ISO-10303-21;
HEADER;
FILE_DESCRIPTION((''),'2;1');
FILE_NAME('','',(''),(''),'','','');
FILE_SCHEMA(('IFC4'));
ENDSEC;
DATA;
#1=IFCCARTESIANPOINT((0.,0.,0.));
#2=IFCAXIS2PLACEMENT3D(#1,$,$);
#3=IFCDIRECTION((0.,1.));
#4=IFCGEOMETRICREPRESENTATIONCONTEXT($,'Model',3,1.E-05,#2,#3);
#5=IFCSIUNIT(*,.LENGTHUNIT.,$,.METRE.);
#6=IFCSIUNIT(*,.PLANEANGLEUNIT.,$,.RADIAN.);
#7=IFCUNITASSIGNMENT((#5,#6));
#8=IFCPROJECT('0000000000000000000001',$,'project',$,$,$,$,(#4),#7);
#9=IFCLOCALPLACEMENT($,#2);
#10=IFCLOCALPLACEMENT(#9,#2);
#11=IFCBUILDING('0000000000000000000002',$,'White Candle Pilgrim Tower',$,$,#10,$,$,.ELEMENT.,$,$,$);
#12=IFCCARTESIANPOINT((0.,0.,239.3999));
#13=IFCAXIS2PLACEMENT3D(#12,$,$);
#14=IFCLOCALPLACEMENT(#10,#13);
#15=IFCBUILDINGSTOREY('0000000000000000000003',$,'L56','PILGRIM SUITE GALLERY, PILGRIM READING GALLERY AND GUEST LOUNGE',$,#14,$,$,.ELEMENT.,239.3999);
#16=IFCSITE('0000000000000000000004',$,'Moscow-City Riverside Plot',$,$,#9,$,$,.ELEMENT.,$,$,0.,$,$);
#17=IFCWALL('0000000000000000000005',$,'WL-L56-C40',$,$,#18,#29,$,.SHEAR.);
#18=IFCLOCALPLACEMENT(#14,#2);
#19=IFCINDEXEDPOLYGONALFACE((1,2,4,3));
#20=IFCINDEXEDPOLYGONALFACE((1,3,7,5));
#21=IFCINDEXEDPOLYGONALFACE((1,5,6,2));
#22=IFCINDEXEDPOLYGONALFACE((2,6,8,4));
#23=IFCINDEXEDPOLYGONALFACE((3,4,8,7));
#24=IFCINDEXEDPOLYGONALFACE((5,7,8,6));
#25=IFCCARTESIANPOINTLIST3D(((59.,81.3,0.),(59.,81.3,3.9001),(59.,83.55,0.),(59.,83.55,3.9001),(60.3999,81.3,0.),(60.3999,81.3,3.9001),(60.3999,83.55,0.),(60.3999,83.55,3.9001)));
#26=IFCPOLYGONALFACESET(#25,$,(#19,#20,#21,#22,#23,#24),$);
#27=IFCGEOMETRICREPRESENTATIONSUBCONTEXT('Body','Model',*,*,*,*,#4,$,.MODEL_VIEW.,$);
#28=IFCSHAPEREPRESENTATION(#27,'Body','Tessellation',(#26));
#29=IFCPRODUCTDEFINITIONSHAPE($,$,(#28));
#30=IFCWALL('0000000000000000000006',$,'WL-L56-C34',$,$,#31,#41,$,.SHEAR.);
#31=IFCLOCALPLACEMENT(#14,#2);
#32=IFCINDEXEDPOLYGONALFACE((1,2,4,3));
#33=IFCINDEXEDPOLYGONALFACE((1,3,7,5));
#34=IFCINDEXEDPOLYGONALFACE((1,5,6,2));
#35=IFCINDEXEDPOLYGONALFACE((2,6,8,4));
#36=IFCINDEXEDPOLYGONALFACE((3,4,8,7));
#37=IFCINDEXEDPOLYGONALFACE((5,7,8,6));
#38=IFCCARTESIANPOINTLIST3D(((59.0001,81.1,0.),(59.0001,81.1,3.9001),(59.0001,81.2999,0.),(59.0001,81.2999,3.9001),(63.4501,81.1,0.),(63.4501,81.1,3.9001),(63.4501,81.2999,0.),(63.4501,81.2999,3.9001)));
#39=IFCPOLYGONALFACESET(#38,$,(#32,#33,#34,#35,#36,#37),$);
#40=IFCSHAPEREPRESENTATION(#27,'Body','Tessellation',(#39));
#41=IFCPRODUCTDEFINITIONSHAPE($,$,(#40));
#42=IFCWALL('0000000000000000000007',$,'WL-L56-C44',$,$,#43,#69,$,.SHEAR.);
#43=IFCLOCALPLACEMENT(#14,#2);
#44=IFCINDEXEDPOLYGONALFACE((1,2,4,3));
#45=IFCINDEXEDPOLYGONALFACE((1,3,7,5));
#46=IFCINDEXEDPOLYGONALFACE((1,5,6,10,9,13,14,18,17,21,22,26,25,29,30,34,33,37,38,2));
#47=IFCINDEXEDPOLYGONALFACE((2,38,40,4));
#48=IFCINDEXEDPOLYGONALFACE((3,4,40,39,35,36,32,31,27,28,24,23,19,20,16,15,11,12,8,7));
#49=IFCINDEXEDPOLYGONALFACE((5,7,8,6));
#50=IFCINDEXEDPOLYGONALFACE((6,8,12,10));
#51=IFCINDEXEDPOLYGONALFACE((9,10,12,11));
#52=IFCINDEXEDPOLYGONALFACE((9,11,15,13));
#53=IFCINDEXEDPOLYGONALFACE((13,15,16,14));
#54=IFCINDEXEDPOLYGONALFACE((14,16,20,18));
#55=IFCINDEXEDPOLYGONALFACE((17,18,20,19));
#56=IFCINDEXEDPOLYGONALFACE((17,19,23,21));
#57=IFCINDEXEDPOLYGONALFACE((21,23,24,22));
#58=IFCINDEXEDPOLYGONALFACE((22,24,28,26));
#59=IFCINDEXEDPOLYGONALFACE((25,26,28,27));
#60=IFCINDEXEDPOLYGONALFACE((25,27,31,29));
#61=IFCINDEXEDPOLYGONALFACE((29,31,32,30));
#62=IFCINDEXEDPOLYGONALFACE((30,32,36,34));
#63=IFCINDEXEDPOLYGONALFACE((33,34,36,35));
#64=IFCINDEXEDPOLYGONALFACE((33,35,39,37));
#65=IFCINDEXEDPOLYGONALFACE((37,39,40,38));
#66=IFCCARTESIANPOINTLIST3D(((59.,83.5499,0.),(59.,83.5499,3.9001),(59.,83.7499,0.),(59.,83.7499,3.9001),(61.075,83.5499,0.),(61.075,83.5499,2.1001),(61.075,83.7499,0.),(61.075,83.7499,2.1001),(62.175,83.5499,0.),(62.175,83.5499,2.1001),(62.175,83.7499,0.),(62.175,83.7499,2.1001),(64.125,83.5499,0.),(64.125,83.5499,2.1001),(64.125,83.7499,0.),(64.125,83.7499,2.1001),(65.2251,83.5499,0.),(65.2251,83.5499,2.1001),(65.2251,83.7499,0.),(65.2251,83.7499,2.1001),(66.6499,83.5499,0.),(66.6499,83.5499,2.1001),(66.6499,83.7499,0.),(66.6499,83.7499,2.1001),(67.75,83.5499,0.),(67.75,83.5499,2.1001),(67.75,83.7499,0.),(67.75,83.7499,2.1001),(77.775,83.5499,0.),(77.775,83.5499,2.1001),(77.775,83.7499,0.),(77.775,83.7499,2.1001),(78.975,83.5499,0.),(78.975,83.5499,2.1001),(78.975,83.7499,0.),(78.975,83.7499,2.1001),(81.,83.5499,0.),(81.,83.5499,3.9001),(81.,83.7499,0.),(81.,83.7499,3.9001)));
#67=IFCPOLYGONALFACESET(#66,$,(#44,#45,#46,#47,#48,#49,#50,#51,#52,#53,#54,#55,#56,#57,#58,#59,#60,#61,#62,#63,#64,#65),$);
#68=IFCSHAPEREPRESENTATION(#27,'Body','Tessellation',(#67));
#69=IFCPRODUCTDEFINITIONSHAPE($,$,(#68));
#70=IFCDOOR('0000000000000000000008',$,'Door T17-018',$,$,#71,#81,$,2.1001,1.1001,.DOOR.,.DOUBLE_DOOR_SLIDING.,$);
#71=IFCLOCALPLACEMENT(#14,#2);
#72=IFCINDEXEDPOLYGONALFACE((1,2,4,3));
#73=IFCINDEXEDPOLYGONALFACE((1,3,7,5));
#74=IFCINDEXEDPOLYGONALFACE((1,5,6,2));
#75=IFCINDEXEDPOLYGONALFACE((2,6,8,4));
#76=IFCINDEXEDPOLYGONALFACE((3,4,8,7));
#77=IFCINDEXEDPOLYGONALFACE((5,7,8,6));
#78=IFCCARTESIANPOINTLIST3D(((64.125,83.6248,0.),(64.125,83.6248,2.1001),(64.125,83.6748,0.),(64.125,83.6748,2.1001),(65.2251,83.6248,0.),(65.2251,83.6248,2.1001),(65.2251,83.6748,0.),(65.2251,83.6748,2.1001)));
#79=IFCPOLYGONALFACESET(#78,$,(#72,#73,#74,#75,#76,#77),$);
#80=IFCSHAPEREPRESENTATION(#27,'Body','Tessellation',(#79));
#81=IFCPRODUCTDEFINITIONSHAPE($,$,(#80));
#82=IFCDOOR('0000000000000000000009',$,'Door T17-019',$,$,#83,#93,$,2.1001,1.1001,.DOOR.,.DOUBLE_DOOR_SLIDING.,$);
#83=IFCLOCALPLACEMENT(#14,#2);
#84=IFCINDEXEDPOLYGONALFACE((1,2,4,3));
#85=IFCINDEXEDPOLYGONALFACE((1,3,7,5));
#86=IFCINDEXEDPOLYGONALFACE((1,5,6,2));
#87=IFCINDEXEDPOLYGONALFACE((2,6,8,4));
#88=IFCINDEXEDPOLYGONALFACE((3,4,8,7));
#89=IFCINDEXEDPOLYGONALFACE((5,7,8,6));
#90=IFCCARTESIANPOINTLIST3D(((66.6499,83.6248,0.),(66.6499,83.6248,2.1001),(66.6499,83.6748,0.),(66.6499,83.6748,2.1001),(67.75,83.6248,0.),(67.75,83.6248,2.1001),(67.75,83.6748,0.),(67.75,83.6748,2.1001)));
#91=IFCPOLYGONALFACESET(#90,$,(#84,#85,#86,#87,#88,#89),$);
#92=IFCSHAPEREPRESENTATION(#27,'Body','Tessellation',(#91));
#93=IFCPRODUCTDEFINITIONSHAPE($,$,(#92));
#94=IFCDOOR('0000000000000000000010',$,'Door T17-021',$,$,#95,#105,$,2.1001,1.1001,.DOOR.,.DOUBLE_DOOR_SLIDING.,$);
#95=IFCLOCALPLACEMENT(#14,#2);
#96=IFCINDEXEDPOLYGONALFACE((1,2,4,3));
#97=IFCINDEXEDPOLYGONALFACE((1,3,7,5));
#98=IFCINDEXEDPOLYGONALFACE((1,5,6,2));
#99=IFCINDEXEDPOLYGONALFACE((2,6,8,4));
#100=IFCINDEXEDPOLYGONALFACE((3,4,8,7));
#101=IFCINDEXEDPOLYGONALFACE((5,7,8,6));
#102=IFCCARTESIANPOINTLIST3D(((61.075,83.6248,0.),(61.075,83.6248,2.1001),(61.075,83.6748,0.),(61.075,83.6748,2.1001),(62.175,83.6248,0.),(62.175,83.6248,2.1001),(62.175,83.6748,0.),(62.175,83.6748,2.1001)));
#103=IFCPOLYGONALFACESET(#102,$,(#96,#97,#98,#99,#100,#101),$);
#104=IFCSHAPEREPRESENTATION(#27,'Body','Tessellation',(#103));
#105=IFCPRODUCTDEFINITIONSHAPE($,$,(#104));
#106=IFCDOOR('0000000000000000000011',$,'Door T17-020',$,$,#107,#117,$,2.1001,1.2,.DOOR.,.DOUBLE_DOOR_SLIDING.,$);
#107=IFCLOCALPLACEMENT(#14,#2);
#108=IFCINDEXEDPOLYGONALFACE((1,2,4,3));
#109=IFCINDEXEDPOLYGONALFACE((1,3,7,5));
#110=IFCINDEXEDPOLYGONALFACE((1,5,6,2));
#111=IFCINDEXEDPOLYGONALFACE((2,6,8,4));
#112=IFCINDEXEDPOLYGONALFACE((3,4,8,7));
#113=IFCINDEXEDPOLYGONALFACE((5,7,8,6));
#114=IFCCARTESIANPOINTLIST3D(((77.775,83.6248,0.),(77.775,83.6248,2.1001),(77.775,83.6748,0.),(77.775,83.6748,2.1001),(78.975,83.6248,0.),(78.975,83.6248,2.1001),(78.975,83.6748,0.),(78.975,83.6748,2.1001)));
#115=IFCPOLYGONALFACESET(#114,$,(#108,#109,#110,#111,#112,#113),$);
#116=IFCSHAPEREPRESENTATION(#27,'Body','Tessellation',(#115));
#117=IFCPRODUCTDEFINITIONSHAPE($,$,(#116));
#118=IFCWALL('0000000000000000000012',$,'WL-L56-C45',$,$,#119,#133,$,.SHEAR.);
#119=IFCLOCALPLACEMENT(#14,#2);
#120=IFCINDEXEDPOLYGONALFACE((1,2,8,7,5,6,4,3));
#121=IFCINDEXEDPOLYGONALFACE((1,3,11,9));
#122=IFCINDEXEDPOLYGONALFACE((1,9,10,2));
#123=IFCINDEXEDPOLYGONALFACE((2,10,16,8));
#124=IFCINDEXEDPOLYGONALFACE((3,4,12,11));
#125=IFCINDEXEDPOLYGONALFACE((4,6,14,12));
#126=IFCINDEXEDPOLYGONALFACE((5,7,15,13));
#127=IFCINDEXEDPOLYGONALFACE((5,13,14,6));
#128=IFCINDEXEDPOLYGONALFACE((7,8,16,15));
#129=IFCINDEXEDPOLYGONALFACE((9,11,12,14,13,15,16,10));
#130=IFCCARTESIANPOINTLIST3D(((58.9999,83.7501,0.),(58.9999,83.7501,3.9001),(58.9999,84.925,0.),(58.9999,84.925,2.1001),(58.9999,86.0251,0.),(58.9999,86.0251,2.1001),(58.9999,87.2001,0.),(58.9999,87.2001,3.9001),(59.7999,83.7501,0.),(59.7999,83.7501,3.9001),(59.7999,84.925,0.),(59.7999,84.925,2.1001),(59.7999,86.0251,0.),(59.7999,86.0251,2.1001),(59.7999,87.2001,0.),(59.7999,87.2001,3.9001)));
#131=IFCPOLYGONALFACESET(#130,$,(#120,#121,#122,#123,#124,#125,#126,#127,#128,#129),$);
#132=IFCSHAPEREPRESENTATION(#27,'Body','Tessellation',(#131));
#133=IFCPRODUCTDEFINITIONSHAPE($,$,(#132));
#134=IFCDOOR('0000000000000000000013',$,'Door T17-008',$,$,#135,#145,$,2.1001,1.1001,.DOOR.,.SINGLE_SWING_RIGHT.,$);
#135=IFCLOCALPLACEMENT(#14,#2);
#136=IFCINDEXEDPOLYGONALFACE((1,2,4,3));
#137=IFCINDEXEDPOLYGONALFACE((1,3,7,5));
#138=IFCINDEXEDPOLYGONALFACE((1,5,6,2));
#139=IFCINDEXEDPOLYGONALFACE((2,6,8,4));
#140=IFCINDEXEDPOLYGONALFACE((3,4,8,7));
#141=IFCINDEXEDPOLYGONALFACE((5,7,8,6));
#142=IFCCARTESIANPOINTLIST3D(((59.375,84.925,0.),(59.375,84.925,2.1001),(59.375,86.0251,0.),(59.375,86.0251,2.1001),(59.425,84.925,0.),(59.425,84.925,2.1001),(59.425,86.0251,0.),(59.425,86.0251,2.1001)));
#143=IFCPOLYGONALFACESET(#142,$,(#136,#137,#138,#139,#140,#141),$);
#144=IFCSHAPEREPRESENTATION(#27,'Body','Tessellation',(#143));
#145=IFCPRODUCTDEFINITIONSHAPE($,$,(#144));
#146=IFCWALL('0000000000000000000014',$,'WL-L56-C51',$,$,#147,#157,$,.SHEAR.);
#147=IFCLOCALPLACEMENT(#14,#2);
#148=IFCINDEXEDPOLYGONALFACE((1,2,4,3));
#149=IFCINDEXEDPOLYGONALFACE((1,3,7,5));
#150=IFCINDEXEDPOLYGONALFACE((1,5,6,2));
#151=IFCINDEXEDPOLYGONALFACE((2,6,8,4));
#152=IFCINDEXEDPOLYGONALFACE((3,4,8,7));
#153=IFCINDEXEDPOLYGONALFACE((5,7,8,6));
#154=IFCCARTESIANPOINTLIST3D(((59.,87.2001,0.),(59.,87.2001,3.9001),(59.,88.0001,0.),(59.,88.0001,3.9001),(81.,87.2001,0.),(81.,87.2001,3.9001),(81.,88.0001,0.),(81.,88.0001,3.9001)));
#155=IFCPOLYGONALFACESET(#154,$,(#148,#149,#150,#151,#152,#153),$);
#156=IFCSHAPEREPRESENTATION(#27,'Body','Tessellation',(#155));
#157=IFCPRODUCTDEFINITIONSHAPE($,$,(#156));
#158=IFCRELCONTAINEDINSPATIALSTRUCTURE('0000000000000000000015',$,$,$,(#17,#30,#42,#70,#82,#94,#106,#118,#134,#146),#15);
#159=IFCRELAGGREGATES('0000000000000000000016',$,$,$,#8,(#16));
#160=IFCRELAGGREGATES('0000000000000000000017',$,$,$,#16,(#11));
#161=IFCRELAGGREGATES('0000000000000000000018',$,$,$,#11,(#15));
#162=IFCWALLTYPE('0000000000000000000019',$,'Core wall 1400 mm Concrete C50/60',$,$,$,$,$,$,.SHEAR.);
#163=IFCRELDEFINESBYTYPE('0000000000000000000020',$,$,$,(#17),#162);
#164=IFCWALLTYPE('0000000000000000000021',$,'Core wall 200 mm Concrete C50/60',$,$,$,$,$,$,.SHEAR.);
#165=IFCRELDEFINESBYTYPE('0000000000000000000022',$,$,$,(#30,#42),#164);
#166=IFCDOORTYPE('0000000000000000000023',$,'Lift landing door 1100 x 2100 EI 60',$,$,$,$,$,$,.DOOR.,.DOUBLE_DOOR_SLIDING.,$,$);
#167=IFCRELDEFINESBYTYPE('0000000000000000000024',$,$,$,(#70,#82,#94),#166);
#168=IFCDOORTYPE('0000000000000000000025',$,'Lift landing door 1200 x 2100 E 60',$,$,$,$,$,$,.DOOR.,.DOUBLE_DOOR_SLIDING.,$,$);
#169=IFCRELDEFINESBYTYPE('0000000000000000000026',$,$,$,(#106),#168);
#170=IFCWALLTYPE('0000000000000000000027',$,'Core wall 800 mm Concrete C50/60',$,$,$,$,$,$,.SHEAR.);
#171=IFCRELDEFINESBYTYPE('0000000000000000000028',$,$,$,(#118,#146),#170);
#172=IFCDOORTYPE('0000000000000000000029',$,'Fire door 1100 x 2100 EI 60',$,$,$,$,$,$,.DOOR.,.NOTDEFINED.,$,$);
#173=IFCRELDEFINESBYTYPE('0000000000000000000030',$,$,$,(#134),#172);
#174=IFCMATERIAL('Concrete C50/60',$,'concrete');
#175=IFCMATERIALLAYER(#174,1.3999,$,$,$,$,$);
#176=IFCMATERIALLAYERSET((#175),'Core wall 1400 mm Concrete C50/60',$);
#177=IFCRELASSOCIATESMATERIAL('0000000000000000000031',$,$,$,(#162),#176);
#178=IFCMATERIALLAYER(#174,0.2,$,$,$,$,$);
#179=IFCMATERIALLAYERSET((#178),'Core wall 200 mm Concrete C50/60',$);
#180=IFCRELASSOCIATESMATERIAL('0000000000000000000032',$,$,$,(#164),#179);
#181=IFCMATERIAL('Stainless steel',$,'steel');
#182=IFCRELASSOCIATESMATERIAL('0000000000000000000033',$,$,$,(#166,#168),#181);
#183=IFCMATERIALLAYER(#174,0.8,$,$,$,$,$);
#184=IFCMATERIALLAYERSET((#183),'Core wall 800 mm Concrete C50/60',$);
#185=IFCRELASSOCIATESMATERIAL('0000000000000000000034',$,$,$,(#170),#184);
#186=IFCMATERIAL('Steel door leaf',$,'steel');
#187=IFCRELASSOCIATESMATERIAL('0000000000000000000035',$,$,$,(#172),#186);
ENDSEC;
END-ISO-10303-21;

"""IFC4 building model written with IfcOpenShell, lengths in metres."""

from ifc_helpers import new_model, si_unit, direction, frame, frame_2d, origin, place, context, subcontext, project, spatial, rectangle, extrude, material, layer, layer_set, type_object, element, fill, save


model = new_model("IFC4")

# Units and contexts
model_context = context("Model", 3, precision=1e-05, world=origin(), true_north=direction((0.0, 1.0)))
body_context = subcontext(model_context, "Body", "Model", "MODEL_VIEW")
ifc_project = project(units=[si_unit("LENGTHUNIT", "METRE"), si_unit("PLANEANGLEUNIT", "RADIAN")], contexts=[model_context])

# Site, building, storey
site_placement = place(None, origin())
site = spatial("IfcSite", under=ifc_project, at=site_placement, Name="Moscow-City Riverside Plot", CompositionType="ELEMENT", RefElevation=0.0)
building_placement = place(site_placement, origin())
building = spatial("IfcBuilding", under=site, at=building_placement, Name="White Candle Pilgrim Tower", CompositionType="ELEMENT")
storey_placement = place(building_placement, frame((0.0, 0.0, 239.3999)))
storey = spatial("IfcBuildingStorey", under=building, at=storey_placement, Name="L56", Description="PILGRIM SUITE GALLERY, PILGRIM READING GALLERY AND GUEST LOUNGE", CompositionType="ELEMENT", Elevation=239.3999)

# Walls
ifc_material_1 = material(Name="Concrete C50/60", Category="concrete")
ifc_layer_1 = layer(ifc_material_1, 1.3999)
ifc_layer_set_1 = layer_set([ifc_layer_1], Name="Core wall 1400 mm Concrete C50/60")
wall_type_1 = type_object("IfcWallType", Name="Core wall 1400 mm Concrete C50/60", PredefinedType="SHEAR", material=ifc_layer_set_1)
wall_1_placement = place(storey_placement, frame((59.7, 81.3, 0.0), z_axis=(0.0, 0.0, 1.0), x_axis=(0.0, 1.0, 0.0)))
element("IfcWall", 1, at=wall_1_placement, inside=storey, type_object=wall_type_1, Name="WL-L56-C40", PredefinedType="SHEAR", context=body_context, shape_type="SweptSolid", body=[
    extrude(rectangle(XDim=2.25, YDim=1.3999, at=frame_2d((1.125, 0.0))), origin(), (0.0, 0.0, 1.0), 3.9001),
])
ifc_layer_2 = layer(ifc_material_1, 0.2)
ifc_layer_set_2 = layer_set([ifc_layer_2], Name="Core wall 200 mm Concrete C50/60")
wall_type_2 = type_object("IfcWallType", Name="Core wall 200 mm Concrete C50/60", PredefinedType="SHEAR", material=ifc_layer_set_2)
wall_2_placement = place(storey_placement, frame((59.0, 81.2, 0.0), z_axis=(0.0, 0.0, 1.0), x_axis=(1.0, 0.0, 0.0)))
element("IfcWall", 2, at=wall_2_placement, inside=storey, type_object=wall_type_2, Name="WL-L56-C34", PredefinedType="SHEAR", context=body_context, shape_type="SweptSolid", body=[
    extrude(rectangle(XDim=4.45, YDim=0.2, at=frame_2d((2.2251, 0.0))), origin(), (0.0, 0.0, 1.0), 3.9001),
])

# Wall, openings, doors
wall_3_placement = place(storey_placement, frame((59.0, 83.6499, 0.0), z_axis=(0.0, 0.0, 1.0), x_axis=(1.0, 0.0, 0.0)))
wall_3 = element("IfcWall", 3, at=wall_3_placement, inside=storey, type_object=wall_type_2, Name="WL-L56-C44", PredefinedType="SHEAR", context=body_context, shape_type="SweptSolid", body=[
    extrude(rectangle(XDim=22.0, YDim=0.2, at=frame_2d((11.0, 0.0))), origin(), (0.0, 0.0, 1.0), 3.9001),
])
opening_1_placement = place(wall_3_placement, frame((5.125, 0.0, 0.0)))
opening_1 = element("IfcOpeningElement", 4, at=opening_1_placement, cuts=wall_3, PredefinedType="OPENING", context=body_context, shape_type="SweptSolid", body=[
    extrude(rectangle(XDim=1.1001, YDim=2.1001, at=frame_2d((0.55, 1.05))), frame((0.0, 0.1099, 0.0), z_axis=(0.0, -1.0, 0.0), x_axis=(1.0, 0.0, 0.0)), (0.0, 0.0, 1.0), 0.22),
])
opening_2_placement = place(wall_3_placement, frame((7.6499, 0.0, 0.0)))
opening_2 = element("IfcOpeningElement", 5, at=opening_2_placement, cuts=wall_3, PredefinedType="OPENING", context=body_context, shape_type="SweptSolid", body=[
    extrude(rectangle(XDim=1.1001, YDim=2.1001, at=frame_2d((0.55, 1.05))), frame((0.0, 0.1099, 0.0), z_axis=(0.0, -1.0, 0.0), x_axis=(1.0, 0.0, 0.0)), (0.0, 0.0, 1.0), 0.22),
])
opening_3_placement = place(wall_3_placement, frame((18.7749, 0.0, 0.0)))
opening_3 = element("IfcOpeningElement", 6, at=opening_3_placement, cuts=wall_3, PredefinedType="OPENING", context=body_context, shape_type="SweptSolid", body=[
    extrude(rectangle(XDim=1.2, YDim=2.1001, at=frame_2d((0.6001, 1.05))), frame((0.0, 0.1099, 0.0), z_axis=(0.0, -1.0, 0.0), x_axis=(1.0, 0.0, 0.0)), (0.0, 0.0, 1.0), 0.22),
])
opening_4_placement = place(wall_3_placement, frame((2.075, 0.0, 0.0)))
opening_4 = element("IfcOpeningElement", 7, at=opening_4_placement, cuts=wall_3, PredefinedType="OPENING", context=body_context, shape_type="SweptSolid", body=[
    extrude(rectangle(XDim=1.1001, YDim=2.1001, at=frame_2d((0.55, 1.05))), frame((0.0, 0.1099, 0.0), z_axis=(0.0, -1.0, 0.0), x_axis=(1.0, 0.0, 0.0)), (0.0, 0.0, 1.0), 0.22),
])
ifc_material_2 = material(Name="Stainless steel", Category="steel")
door_type_1 = type_object("IfcDoorType", Name="Lift landing door 1100 x 2100 EI 60", OperationType="DOUBLE_DOOR_SLIDING", PredefinedType="DOOR", material=ifc_material_2)
door_1_placement = place(opening_1_placement, origin())
door_1 = element("IfcDoor", 8, at=door_1_placement, inside=storey, type_object=door_type_1, Name="Door T17-018", OperationType="DOUBLE_DOOR_SLIDING", OverallHeight=2.1001, OverallWidth=1.1001, PredefinedType="DOOR", context=body_context, shape_type="SweptSolid", body=[
    extrude(rectangle(XDim=1.1001, YDim=2.1001, at=frame_2d((0.55, 1.05))), frame((0.0, 0.0249, 0.0), z_axis=(0.0, -1.0, 0.0), x_axis=(1.0, 0.0, 0.0)), (0.0, 0.0, 1.0), 0.05),
])
fill(opening_1, door_1)
door_2_placement = place(opening_2_placement, origin())
door_2 = element("IfcDoor", 9, at=door_2_placement, inside=storey, type_object=door_type_1, Name="Door T17-019", OperationType="DOUBLE_DOOR_SLIDING", OverallHeight=2.1001, OverallWidth=1.1001, PredefinedType="DOOR", context=body_context, shape_type="SweptSolid", body=[
    extrude(rectangle(XDim=1.1001, YDim=2.1001, at=frame_2d((0.55, 1.05))), frame((0.0, 0.0249, 0.0), z_axis=(0.0, -1.0, 0.0), x_axis=(1.0, 0.0, 0.0)), (0.0, 0.0, 1.0), 0.05),
])
fill(opening_2, door_2)
door_3_placement = place(opening_4_placement, origin())
door_3 = element("IfcDoor", 10, at=door_3_placement, inside=storey, type_object=door_type_1, Name="Door T17-021", OperationType="DOUBLE_DOOR_SLIDING", OverallHeight=2.1001, OverallWidth=1.1001, PredefinedType="DOOR", context=body_context, shape_type="SweptSolid", body=[
    extrude(rectangle(XDim=1.1001, YDim=2.1001, at=frame_2d((0.55, 1.05))), frame((0.0, 0.0249, 0.0), z_axis=(0.0, -1.0, 0.0), x_axis=(1.0, 0.0, 0.0)), (0.0, 0.0, 1.0), 0.05),
])
fill(opening_4, door_3)
door_type_2 = type_object("IfcDoorType", Name="Lift landing door 1200 x 2100 E 60", OperationType="DOUBLE_DOOR_SLIDING", PredefinedType="DOOR", material=ifc_material_2)
door_4_placement = place(opening_3_placement, origin())
door_4 = element("IfcDoor", 11, at=door_4_placement, inside=storey, type_object=door_type_2, Name="Door T17-020", OperationType="DOUBLE_DOOR_SLIDING", OverallHeight=2.1001, OverallWidth=1.2, PredefinedType="DOOR", context=body_context, shape_type="SweptSolid", body=[
    extrude(rectangle(XDim=1.2, YDim=2.1001, at=frame_2d((0.6001, 1.05))), frame((0.0, 0.0249, 0.0), z_axis=(0.0, -1.0, 0.0), x_axis=(1.0, 0.0, 0.0)), (0.0, 0.0, 1.0), 0.05),
])
fill(opening_3, door_4)

# Wall, opening, door
ifc_layer_3 = layer(ifc_material_1, 0.8)
ifc_layer_set_3 = layer_set([ifc_layer_3], Name="Core wall 800 mm Concrete C50/60")
wall_type_3 = type_object("IfcWallType", Name="Core wall 800 mm Concrete C50/60", PredefinedType="SHEAR", material=ifc_layer_set_3)
wall_4_placement = place(storey_placement, frame((59.3999, 83.75, 0.0), z_axis=(0.0, 0.0, 1.0), x_axis=(0.0, 1.0, 0.0)))
wall_4 = element("IfcWall", 12, at=wall_4_placement, inside=storey, type_object=wall_type_3, Name="WL-L56-C45", PredefinedType="SHEAR", context=body_context, shape_type="SweptSolid", body=[
    extrude(rectangle(XDim=3.45, YDim=0.8, at=frame_2d((1.7251, 0.0))), origin(), (0.0, 0.0, 1.0), 3.9001),
])
opening_5_placement = place(wall_4_placement, frame((1.175, 0.0, 0.0)))
opening_5 = element("IfcOpeningElement", 13, at=opening_5_placement, cuts=wall_4, PredefinedType="OPENING", context=body_context, shape_type="SweptSolid", body=[
    extrude(rectangle(XDim=1.1001, YDim=2.1001, at=frame_2d((0.55, 1.05))), frame((0.0, 0.4099, 0.0), z_axis=(0.0, -1.0, 0.0), x_axis=(1.0, 0.0, 0.0)), (0.0, 0.0, 1.0), 0.8201),
])
ifc_material_3 = material(Name="Steel door leaf", Category="steel")
door_type_3 = type_object("IfcDoorType", Name="Fire door 1100 x 2100 EI 60", OperationType="NOTDEFINED", PredefinedType="DOOR", material=ifc_material_3)
door_5_placement = place(opening_5_placement, origin())
door_5 = element("IfcDoor", 14, at=door_5_placement, inside=storey, type_object=door_type_3, Name="Door T17-008", OperationType="SINGLE_SWING_RIGHT", OverallHeight=2.1001, OverallWidth=1.1001, PredefinedType="DOOR", context=body_context, shape_type="SweptSolid", body=[
    extrude(rectangle(XDim=1.1001, YDim=2.1001, at=frame_2d((0.55, 1.05))), frame((0.0, 0.0249, 0.0), z_axis=(0.0, -1.0, 0.0), x_axis=(1.0, 0.0, 0.0)), (0.0, 0.0, 1.0), 0.05),
])
fill(opening_5, door_5)

# Wall
wall_5_placement = place(storey_placement, frame((59.0, 87.6001, 0.0), z_axis=(0.0, 0.0, 1.0), x_axis=(1.0, 0.0, 0.0)))
element("IfcWall", 15, at=wall_5_placement, inside=storey, type_object=wall_type_3, Name="WL-L56-C51", PredefinedType="SHEAR", context=body_context, shape_type="SweptSolid", body=[
    extrude(rectangle(XDim=22.0, YDim=0.8, at=frame_2d((11.0, 0.0))), origin(), (0.0, 0.0, 1.0), 3.9001),
])

save(model, "model.ifc")
